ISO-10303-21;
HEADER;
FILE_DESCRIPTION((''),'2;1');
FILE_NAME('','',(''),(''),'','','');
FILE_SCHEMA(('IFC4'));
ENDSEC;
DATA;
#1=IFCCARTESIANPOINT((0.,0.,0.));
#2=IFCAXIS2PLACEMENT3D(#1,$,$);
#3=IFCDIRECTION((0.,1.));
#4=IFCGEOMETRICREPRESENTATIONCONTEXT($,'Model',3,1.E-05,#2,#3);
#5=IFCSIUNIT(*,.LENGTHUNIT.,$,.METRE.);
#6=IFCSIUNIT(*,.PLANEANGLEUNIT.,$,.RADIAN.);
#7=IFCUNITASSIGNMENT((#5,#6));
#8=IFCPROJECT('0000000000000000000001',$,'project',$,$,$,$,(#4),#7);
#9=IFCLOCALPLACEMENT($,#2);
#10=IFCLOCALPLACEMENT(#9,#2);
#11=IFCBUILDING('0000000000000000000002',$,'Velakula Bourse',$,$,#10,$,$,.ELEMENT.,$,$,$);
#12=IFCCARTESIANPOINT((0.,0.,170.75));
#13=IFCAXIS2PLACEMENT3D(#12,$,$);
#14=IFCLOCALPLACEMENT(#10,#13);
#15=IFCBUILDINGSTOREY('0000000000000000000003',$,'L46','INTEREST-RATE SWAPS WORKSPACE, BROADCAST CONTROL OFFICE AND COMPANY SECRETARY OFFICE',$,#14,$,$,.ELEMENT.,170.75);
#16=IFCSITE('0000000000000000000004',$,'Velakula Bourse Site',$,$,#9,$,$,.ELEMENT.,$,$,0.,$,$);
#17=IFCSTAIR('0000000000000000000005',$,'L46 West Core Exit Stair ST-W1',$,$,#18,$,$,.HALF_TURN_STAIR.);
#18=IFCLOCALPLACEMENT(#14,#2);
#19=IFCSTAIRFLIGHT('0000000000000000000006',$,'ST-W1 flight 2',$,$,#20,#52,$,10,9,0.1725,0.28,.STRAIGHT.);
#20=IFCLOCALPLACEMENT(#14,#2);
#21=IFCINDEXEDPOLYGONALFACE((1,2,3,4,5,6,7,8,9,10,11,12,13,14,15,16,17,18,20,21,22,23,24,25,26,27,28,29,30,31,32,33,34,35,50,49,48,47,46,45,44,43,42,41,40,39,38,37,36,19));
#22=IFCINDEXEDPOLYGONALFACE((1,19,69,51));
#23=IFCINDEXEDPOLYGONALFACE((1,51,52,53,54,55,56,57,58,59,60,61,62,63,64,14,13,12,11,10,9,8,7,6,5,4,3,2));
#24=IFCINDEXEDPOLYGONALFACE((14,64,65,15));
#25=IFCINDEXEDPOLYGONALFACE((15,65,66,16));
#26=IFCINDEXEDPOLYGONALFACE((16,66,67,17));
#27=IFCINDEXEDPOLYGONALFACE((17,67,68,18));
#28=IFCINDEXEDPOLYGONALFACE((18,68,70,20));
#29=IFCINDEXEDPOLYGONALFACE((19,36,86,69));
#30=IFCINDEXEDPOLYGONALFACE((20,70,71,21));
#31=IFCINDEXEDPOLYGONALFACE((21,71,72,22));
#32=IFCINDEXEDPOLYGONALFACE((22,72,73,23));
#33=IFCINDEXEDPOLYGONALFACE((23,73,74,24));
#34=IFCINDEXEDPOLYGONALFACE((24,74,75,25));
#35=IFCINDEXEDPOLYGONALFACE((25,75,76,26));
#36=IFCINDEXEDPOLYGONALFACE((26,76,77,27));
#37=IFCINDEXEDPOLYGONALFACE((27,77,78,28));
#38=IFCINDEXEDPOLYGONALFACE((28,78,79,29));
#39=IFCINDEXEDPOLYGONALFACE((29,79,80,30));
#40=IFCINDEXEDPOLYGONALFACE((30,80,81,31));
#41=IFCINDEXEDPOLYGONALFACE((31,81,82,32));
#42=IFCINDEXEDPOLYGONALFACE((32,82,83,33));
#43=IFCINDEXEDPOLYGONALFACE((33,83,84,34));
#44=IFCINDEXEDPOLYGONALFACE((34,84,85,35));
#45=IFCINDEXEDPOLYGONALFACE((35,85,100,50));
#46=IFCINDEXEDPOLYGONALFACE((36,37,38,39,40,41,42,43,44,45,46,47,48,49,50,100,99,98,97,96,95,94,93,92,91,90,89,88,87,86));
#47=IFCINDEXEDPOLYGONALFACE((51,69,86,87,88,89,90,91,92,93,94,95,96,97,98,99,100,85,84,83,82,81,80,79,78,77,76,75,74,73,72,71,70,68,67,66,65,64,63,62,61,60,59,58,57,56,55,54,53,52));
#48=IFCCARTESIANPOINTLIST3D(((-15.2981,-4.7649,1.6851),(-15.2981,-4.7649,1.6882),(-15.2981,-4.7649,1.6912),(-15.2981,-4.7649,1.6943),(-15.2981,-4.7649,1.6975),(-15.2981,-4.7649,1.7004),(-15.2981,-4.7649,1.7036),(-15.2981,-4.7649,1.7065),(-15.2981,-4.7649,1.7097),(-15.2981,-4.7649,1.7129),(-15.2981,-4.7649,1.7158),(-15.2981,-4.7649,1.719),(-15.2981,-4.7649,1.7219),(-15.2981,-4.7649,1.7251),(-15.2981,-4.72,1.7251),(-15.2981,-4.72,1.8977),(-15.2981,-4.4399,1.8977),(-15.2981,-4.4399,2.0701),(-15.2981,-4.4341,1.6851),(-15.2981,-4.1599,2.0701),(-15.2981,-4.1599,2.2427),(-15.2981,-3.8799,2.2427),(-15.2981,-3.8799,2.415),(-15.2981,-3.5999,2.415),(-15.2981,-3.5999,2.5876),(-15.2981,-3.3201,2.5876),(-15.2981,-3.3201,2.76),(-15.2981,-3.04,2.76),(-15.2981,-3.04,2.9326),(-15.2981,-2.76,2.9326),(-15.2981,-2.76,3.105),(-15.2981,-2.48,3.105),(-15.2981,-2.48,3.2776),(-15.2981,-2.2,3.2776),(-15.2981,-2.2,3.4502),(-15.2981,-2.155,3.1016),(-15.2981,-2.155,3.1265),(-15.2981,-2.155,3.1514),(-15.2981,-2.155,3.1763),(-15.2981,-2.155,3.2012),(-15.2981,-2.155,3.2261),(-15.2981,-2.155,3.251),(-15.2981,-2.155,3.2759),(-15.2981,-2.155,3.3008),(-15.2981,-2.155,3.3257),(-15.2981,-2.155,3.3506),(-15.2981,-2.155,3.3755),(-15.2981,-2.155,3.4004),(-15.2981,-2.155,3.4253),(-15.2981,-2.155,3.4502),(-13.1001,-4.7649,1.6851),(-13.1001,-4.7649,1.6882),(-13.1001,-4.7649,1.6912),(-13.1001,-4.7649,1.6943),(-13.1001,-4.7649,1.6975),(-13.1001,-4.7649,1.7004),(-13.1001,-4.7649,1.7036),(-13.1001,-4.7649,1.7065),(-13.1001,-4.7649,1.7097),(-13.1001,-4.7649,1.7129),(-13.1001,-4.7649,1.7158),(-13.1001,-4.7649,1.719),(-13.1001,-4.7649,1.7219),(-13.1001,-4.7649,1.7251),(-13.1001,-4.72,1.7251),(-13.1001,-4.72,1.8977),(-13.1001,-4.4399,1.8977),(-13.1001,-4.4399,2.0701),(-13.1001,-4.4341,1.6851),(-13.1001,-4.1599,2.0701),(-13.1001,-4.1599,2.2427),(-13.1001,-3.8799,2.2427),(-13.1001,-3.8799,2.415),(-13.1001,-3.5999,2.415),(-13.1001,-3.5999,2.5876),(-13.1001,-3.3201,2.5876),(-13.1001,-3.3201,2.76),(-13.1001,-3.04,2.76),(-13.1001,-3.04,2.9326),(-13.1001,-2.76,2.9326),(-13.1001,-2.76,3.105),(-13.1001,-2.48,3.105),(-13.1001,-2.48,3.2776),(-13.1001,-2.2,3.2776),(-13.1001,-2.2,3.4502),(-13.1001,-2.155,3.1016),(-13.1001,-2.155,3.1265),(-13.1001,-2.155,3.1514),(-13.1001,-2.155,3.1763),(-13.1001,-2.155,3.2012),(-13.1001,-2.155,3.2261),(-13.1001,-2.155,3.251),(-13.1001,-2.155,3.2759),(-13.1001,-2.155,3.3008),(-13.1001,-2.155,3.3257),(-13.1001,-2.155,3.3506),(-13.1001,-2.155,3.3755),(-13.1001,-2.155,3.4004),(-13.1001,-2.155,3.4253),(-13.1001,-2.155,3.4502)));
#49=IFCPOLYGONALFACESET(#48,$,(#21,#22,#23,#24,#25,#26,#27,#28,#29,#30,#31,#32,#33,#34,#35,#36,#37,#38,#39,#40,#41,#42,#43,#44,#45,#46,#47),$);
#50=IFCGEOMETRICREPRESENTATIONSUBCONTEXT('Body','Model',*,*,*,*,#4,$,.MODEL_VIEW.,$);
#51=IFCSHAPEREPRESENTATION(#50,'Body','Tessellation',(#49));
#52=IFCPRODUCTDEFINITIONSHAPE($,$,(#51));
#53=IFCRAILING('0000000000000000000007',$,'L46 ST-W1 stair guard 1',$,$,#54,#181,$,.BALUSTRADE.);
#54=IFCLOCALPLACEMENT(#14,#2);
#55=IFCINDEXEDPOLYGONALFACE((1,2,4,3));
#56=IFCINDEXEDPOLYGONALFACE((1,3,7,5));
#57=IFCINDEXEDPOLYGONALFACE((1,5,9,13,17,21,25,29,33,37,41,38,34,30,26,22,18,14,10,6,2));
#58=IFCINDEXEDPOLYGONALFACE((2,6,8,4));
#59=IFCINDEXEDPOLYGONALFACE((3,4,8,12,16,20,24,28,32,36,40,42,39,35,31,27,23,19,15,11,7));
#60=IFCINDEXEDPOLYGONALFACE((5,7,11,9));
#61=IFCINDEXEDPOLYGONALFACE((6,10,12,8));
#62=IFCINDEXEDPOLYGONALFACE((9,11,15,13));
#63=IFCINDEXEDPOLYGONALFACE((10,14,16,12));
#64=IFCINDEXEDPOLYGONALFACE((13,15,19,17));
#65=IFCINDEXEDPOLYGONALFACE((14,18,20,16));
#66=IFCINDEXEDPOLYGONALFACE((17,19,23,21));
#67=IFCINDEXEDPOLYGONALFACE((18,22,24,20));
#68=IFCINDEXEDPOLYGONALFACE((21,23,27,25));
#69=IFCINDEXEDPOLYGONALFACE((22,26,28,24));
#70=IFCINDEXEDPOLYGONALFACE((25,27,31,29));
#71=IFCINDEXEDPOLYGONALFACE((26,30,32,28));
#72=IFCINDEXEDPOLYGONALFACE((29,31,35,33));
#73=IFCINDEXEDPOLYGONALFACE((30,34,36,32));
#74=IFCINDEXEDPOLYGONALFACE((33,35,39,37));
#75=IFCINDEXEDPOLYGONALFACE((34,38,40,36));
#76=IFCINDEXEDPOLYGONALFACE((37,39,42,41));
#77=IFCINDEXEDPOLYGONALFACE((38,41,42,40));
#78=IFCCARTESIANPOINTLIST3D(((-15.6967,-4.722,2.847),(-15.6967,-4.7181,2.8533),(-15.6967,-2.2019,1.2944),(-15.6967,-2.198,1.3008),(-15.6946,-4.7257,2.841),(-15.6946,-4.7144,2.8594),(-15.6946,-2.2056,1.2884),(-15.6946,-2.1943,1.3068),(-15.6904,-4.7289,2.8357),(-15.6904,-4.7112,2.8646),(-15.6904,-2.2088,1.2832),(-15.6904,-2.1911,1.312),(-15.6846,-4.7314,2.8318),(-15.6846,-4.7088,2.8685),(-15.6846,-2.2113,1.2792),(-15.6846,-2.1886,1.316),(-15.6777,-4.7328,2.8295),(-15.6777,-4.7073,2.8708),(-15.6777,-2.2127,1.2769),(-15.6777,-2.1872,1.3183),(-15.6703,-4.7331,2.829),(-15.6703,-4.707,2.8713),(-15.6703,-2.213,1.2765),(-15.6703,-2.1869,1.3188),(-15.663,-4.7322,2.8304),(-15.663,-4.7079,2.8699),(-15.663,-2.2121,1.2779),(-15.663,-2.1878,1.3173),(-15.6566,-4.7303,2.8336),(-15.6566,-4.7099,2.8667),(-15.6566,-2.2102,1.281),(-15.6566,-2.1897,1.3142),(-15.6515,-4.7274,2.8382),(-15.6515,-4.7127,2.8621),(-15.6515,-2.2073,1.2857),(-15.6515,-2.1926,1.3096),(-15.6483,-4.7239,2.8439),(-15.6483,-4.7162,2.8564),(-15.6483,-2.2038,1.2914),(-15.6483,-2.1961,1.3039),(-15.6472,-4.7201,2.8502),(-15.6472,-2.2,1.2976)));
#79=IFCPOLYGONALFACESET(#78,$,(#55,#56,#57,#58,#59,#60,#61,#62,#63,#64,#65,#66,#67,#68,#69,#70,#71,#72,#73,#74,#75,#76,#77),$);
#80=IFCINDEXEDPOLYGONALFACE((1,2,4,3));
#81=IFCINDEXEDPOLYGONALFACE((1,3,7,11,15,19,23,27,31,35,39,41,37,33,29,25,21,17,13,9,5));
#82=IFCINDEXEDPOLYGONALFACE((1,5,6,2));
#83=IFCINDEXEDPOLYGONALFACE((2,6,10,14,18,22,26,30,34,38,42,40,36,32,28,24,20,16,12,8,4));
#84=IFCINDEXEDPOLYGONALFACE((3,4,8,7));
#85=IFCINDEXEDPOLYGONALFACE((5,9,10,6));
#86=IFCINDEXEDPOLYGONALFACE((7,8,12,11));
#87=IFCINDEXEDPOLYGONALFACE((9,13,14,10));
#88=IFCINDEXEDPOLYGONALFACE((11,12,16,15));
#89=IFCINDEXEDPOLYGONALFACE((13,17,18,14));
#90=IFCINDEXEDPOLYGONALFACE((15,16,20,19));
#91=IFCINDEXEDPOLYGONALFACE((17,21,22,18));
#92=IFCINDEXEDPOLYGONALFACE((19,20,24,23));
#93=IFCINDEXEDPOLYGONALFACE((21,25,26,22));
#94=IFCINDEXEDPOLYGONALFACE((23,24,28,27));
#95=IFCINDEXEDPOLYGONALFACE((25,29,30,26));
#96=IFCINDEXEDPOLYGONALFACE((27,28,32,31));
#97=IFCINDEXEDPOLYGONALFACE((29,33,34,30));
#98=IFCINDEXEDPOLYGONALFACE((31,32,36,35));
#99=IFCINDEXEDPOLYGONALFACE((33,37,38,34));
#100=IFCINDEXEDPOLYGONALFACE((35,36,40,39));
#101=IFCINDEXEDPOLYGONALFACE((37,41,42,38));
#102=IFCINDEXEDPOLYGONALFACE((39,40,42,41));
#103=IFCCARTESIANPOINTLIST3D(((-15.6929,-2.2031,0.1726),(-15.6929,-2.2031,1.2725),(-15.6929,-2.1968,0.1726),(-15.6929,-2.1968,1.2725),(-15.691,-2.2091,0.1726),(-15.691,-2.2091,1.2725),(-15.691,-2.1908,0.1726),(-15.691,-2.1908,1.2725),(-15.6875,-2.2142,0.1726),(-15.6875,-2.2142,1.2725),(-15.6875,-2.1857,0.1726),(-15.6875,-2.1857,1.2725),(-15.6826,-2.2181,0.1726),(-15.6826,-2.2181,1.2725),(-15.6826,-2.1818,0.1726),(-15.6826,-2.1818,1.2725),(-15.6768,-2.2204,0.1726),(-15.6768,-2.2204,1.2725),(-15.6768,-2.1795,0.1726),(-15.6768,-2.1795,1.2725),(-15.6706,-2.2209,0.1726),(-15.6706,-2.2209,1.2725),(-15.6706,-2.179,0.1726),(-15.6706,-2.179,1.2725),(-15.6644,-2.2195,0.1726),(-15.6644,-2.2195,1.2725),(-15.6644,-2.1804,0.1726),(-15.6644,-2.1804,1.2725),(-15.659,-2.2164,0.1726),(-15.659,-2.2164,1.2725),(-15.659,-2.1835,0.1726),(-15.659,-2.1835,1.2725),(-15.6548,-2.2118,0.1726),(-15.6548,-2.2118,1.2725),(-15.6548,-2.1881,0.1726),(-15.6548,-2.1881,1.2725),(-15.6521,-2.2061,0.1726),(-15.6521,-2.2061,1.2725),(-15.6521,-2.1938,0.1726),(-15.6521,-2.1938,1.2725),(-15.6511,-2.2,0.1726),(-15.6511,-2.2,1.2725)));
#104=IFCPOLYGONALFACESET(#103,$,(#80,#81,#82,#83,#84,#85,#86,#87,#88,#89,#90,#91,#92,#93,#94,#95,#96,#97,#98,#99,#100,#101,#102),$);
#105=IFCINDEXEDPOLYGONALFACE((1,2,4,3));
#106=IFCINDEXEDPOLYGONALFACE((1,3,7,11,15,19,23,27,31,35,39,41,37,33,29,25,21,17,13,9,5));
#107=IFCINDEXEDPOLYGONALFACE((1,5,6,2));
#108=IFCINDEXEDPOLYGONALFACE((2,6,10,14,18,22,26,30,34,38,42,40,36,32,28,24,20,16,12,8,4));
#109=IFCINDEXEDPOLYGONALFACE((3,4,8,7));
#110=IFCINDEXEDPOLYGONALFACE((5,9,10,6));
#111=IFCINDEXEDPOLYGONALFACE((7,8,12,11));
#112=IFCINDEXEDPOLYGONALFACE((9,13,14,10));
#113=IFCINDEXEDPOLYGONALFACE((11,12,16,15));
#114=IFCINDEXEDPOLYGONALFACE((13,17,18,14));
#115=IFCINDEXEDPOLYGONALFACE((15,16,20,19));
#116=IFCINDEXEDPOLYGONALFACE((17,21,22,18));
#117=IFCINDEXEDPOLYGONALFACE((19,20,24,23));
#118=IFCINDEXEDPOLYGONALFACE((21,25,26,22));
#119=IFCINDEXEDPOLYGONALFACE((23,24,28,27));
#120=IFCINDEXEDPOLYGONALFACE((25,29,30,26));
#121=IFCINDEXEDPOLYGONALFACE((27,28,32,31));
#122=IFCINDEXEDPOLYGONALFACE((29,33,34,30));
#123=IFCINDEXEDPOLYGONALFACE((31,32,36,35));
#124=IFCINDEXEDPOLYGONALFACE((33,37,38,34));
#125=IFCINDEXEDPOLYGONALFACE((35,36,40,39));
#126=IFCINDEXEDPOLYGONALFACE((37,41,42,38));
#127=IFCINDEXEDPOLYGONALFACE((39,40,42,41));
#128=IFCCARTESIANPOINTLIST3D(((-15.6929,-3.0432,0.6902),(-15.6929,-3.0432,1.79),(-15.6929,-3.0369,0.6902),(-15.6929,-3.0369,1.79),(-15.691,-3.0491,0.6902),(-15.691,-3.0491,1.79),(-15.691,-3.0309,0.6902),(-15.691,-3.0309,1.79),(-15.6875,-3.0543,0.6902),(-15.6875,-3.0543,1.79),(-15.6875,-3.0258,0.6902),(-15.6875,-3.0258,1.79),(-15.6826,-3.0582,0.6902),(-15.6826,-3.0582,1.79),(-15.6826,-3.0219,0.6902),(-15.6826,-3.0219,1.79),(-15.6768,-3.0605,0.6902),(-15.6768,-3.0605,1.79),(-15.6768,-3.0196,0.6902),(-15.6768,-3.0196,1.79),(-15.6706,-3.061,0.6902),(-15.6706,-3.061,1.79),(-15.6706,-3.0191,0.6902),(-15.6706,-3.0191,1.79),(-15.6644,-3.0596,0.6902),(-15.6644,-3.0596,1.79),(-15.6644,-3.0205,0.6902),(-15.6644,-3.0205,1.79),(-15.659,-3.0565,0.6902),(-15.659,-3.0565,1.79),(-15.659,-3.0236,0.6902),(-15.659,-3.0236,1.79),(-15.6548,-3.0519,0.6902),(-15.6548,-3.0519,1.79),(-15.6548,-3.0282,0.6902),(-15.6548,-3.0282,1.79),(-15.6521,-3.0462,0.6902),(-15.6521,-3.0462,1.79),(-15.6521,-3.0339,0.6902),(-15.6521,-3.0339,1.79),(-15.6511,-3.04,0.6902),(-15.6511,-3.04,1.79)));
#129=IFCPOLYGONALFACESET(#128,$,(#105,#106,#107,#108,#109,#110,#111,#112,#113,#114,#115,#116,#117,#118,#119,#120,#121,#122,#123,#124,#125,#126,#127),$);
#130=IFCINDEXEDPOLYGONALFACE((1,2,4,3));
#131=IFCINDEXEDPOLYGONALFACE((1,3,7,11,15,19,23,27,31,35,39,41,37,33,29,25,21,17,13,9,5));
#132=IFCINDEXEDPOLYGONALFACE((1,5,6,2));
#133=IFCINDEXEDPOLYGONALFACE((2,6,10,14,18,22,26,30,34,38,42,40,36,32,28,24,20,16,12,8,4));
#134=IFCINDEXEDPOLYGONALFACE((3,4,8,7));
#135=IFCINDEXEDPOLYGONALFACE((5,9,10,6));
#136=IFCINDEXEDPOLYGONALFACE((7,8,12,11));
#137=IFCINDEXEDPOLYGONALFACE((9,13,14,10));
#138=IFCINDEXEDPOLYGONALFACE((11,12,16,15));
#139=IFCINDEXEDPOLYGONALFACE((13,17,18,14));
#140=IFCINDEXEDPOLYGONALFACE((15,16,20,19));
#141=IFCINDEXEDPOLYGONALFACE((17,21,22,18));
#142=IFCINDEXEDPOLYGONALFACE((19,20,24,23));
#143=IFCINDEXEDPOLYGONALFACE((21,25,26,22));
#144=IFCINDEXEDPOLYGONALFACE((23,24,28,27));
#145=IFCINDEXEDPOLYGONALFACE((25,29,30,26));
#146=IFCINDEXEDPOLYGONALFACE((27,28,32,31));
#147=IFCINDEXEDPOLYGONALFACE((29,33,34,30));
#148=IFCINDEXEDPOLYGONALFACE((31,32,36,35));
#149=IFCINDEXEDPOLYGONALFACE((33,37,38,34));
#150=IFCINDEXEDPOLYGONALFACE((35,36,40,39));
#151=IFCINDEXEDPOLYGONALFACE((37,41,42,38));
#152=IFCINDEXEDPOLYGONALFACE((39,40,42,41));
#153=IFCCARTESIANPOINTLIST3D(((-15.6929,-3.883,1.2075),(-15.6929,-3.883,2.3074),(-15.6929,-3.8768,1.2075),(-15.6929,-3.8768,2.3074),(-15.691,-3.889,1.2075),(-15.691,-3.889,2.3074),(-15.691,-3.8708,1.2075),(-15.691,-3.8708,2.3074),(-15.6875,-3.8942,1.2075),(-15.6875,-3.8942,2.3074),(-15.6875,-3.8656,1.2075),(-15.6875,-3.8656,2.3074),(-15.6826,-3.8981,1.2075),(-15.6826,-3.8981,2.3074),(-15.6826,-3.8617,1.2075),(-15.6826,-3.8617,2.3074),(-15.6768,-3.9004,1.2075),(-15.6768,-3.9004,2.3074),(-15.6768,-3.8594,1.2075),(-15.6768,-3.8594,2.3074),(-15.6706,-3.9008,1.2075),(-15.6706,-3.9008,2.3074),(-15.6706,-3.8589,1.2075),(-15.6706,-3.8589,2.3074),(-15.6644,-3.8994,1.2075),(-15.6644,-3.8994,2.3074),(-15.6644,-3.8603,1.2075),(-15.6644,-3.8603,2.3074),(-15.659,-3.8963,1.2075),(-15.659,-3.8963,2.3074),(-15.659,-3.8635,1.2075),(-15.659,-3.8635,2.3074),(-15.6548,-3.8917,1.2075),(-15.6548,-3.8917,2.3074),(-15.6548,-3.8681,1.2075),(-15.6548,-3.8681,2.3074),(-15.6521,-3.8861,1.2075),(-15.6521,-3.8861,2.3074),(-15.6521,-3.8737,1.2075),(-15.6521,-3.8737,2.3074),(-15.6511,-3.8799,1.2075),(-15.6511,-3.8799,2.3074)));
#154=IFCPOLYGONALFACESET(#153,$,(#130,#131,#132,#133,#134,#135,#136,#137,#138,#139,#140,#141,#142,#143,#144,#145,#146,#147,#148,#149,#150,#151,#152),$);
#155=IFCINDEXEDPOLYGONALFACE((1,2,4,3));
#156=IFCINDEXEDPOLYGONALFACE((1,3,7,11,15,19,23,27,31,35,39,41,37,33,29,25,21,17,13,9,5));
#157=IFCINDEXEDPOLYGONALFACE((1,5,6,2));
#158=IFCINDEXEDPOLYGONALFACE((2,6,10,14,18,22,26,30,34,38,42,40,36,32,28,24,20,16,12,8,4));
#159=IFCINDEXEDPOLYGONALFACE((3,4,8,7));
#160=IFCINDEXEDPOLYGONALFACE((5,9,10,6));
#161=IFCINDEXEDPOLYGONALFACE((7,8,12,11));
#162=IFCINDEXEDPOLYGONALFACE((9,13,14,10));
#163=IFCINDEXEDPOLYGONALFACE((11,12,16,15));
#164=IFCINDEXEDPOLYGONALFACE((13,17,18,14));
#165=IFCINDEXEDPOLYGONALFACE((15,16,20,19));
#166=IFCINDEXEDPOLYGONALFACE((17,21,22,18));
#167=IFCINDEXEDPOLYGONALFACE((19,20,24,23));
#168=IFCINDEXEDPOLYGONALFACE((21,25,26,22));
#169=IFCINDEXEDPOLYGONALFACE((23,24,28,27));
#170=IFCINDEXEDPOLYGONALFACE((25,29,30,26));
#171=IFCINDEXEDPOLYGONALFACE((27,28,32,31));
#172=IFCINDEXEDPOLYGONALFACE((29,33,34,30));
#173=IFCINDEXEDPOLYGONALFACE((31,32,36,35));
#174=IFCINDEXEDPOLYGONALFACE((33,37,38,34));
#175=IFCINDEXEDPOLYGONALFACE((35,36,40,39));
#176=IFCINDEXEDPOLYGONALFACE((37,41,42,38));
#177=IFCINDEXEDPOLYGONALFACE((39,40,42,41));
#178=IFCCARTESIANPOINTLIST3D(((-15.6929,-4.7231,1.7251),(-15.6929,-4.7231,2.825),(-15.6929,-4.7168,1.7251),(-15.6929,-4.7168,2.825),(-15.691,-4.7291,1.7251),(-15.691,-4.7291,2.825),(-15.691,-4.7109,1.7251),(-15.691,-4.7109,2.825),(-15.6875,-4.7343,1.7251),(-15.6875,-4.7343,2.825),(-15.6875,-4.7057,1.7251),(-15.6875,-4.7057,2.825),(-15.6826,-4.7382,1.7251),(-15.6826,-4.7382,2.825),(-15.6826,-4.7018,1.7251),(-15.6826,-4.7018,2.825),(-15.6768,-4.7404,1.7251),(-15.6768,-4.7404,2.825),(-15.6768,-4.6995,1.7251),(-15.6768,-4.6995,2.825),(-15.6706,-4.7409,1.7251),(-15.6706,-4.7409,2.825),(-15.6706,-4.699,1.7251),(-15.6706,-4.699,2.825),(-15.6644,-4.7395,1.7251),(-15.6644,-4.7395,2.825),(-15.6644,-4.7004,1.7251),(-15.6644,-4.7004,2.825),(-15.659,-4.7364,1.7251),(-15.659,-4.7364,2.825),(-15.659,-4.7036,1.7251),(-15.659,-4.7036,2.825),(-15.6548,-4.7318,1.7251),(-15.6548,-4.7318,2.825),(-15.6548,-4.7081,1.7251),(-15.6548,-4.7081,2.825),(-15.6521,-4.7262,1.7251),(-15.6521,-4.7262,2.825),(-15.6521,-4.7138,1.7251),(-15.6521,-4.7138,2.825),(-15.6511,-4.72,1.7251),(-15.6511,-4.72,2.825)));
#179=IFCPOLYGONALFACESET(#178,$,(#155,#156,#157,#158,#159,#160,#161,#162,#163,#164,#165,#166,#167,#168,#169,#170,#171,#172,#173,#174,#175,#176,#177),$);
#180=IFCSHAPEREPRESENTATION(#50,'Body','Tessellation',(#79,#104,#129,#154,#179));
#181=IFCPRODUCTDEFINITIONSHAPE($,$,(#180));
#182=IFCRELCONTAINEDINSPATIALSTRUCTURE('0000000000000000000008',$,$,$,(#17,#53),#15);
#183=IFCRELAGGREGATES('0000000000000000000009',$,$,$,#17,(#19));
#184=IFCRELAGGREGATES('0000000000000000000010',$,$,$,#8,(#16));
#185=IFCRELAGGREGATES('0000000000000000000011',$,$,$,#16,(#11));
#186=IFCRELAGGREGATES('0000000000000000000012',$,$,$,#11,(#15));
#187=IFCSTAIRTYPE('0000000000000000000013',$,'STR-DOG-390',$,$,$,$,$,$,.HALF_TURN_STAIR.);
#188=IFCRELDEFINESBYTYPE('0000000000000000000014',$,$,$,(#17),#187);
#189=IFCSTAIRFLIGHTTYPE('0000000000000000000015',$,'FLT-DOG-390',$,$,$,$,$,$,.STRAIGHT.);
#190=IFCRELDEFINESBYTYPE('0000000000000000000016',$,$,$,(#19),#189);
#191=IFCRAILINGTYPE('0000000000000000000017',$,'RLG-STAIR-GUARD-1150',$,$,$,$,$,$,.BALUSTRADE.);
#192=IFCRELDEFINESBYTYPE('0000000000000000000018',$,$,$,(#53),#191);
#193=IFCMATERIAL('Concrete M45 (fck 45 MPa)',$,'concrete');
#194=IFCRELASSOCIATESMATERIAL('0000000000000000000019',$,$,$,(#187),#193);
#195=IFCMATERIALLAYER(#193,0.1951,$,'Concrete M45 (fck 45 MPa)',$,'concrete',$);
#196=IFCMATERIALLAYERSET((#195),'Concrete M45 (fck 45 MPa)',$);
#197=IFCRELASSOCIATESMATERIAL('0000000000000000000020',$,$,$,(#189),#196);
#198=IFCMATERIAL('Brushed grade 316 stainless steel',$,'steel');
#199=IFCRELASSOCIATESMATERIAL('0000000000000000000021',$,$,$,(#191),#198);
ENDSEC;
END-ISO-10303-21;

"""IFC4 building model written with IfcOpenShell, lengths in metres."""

from ifc_helpers import new_model, si_unit, direction, frame, origin, origin_2d, place, context, subcontext, project, spatial, polyline, circle, outline, extrude, material, layer, layer_set, type_object, element, aggregate, save


model = new_model("IFC4")

# Units and contexts
model_context = context("Model", 3, precision=1e-05, world=origin(), true_north=direction((0.0, 1.0)))
body_context = subcontext(model_context, "Body", "Model", "MODEL_VIEW")
ifc_project = project(units=[si_unit("LENGTHUNIT", "METRE"), si_unit("PLANEANGLEUNIT", "RADIAN")], contexts=[model_context])

# Site, building, storey
site_placement = place(None, origin())
site = spatial("IfcSite", under=ifc_project, at=site_placement, Name="Velakula Bourse Site", CompositionType="ELEMENT", RefElevation=0.0)
building_placement = place(site_placement, origin())
building = spatial("IfcBuilding", under=site, at=building_placement, Name="Velakula Bourse", CompositionType="ELEMENT")
storey_placement = place(building_placement, frame((0.0, 0.0, 170.75)))
storey = spatial("IfcBuildingStorey", under=building, at=storey_placement, Name="L46", Description="INTEREST-RATE SWAPS WORKSPACE, BROADCAST CONTROL OFFICE AND COMPANY SECRETARY OFFICE", CompositionType="ELEMENT", Elevation=170.75)

# Shared definitions
ifc_material_1 = material(Name="Brushed grade 316 stainless steel", Category="steel")

# Stair, stair flight
ifc_material_2 = material(Name="Concrete M45 (fck 45 MPa)", Category="concrete")
stair_type = type_object("IfcStairType", Name="STR-DOG-390", PredefinedType="HALF_TURN_STAIR", material=ifc_material_2)
stair_placement = place(storey_placement, origin())
stair = element("IfcStair", 1, at=stair_placement, inside=storey, type_object=stair_type, Name="L46 West Core Exit Stair ST-W1", PredefinedType="HALF_TURN_STAIR")
ifc_layer_1 = layer(ifc_material_2, 0.1951, Name="Concrete M45 (fck 45 MPa)", Category="concrete")
ifc_layer_set_1 = layer_set([ifc_layer_1], Name="Concrete M45 (fck 45 MPa)")
stair_flight_type = type_object("IfcStairFlightType", Name="FLT-DOG-390", PredefinedType="STRAIGHT", material=ifc_layer_set_1)
stair_flight_1_placement = place(storey_placement, frame((-14.199, -4.72, 1.7251), z_axis=(0.0, 0.0, 1.0), x_axis=(0.0, 1.0, 0.0)))
stair_flight_1 = element("IfcStairFlight", 2, at=stair_flight_1_placement, type_object=stair_flight_type, Name="ST-W1 flight 2", NumberOfRisers=10, NumberOfTreads=9, PredefinedType="STRAIGHT", RiserHeight=0.1725, TreadLength=0.28, context=body_context, shape_type="SweptSolid", body=[
    extrude(outline(polyline([(-0.0449, -0.04), (-0.0449, -0.0369), (-0.0449, -0.0339), (-0.0449, -0.0308), (-0.0449, -0.0276), (-0.0449, -0.0247), (-0.0449, -0.0215), (-0.0449, -0.0186), (-0.0449, -0.0154), (-0.0449, -0.0122), (-0.0449, -0.0093), (-0.0449, -0.0061), (-0.0449, -0.0032), (-0.0449, 0.0), (0.0, 0.0), (0.0, 0.1726), (0.28, 0.1726), (0.28, 0.345), (0.5601, 0.345), (0.5601, 0.5176), (0.8401, 0.5176), (0.8401, 0.6899), (1.1201, 0.6899), (1.1201, 0.8625), (1.3999, 0.8625), (1.3999, 1.0349), (1.6799, 1.0349), (1.6799, 1.2075), (1.96, 1.2075), (1.96, 1.3799), (2.24, 1.3799), (2.24, 1.5525), (2.52, 1.5525), (2.52, 1.7251), (2.5649, 1.7251), (2.5649, 1.7002), (2.5649, 1.6753), (2.5649, 1.6504), (2.5649, 1.6255), (2.5649, 1.6006), (2.5649, 1.5757), (2.5649, 1.5508), (2.5649, 1.5259), (2.5649, 1.501), (2.5649, 1.4761), (2.5649, 1.4512), (2.5649, 1.4263), (2.5649, 1.4014), (2.5649, 1.3765), (0.2859, -0.04), (-0.0449, -0.04)])), frame((0.0, 1.0991, 0.0), z_axis=(0.0, -1.0, 0.0), x_axis=(1.0, 0.0, 0.0)), (0.0, 0.0, 1.0), 2.198),
])
aggregate(stair, [stair_flight_1])

# Railing
railing_type_1 = type_object("IfcRailingType", Name="RLG-STAIR-GUARD-1150", PredefinedType="BALUSTRADE", material=ifc_material_1)
railing_1_placement = place(storey_placement, frame((-15.6721, -2.2, 0.1726)))
element("IfcRailing", 3, at=railing_1_placement, inside=storey, type_object=railing_type_1, Name="L46 ST-W1 stair guard 1", PredefinedType="BALUSTRADE", context=body_context, shape_type="SweptSolid", body=[
    extrude(circle(Radius=0.0249, at=origin_2d()), frame((0.0, 0.0, 1.125), z_axis=(0.0, -0.8514, 0.524516), x_axis=(1.0, 0.0, 0.0)), (0.0, 0.0, 1.0), 2.96),
    extrude(circle(Radius=0.021, at=origin_2d()), origin(), (0.0, 0.0, 1.0), 1.0999),
    extrude(circle(Radius=0.021, at=origin_2d()), frame((0.0, -0.8401, 0.5176)), (0.0, 0.0, 1.0), 1.0999),
    extrude(circle(Radius=0.021, at=origin_2d()), frame((0.0, -1.6799, 1.0349)), (0.0, 0.0, 1.0), 1.0999),
    extrude(circle(Radius=0.021, at=origin_2d()), frame((0.0, -2.52, 1.5525)), (0.0, 0.0, 1.0), 1.0999),
])

save(model, "model.ifc")
